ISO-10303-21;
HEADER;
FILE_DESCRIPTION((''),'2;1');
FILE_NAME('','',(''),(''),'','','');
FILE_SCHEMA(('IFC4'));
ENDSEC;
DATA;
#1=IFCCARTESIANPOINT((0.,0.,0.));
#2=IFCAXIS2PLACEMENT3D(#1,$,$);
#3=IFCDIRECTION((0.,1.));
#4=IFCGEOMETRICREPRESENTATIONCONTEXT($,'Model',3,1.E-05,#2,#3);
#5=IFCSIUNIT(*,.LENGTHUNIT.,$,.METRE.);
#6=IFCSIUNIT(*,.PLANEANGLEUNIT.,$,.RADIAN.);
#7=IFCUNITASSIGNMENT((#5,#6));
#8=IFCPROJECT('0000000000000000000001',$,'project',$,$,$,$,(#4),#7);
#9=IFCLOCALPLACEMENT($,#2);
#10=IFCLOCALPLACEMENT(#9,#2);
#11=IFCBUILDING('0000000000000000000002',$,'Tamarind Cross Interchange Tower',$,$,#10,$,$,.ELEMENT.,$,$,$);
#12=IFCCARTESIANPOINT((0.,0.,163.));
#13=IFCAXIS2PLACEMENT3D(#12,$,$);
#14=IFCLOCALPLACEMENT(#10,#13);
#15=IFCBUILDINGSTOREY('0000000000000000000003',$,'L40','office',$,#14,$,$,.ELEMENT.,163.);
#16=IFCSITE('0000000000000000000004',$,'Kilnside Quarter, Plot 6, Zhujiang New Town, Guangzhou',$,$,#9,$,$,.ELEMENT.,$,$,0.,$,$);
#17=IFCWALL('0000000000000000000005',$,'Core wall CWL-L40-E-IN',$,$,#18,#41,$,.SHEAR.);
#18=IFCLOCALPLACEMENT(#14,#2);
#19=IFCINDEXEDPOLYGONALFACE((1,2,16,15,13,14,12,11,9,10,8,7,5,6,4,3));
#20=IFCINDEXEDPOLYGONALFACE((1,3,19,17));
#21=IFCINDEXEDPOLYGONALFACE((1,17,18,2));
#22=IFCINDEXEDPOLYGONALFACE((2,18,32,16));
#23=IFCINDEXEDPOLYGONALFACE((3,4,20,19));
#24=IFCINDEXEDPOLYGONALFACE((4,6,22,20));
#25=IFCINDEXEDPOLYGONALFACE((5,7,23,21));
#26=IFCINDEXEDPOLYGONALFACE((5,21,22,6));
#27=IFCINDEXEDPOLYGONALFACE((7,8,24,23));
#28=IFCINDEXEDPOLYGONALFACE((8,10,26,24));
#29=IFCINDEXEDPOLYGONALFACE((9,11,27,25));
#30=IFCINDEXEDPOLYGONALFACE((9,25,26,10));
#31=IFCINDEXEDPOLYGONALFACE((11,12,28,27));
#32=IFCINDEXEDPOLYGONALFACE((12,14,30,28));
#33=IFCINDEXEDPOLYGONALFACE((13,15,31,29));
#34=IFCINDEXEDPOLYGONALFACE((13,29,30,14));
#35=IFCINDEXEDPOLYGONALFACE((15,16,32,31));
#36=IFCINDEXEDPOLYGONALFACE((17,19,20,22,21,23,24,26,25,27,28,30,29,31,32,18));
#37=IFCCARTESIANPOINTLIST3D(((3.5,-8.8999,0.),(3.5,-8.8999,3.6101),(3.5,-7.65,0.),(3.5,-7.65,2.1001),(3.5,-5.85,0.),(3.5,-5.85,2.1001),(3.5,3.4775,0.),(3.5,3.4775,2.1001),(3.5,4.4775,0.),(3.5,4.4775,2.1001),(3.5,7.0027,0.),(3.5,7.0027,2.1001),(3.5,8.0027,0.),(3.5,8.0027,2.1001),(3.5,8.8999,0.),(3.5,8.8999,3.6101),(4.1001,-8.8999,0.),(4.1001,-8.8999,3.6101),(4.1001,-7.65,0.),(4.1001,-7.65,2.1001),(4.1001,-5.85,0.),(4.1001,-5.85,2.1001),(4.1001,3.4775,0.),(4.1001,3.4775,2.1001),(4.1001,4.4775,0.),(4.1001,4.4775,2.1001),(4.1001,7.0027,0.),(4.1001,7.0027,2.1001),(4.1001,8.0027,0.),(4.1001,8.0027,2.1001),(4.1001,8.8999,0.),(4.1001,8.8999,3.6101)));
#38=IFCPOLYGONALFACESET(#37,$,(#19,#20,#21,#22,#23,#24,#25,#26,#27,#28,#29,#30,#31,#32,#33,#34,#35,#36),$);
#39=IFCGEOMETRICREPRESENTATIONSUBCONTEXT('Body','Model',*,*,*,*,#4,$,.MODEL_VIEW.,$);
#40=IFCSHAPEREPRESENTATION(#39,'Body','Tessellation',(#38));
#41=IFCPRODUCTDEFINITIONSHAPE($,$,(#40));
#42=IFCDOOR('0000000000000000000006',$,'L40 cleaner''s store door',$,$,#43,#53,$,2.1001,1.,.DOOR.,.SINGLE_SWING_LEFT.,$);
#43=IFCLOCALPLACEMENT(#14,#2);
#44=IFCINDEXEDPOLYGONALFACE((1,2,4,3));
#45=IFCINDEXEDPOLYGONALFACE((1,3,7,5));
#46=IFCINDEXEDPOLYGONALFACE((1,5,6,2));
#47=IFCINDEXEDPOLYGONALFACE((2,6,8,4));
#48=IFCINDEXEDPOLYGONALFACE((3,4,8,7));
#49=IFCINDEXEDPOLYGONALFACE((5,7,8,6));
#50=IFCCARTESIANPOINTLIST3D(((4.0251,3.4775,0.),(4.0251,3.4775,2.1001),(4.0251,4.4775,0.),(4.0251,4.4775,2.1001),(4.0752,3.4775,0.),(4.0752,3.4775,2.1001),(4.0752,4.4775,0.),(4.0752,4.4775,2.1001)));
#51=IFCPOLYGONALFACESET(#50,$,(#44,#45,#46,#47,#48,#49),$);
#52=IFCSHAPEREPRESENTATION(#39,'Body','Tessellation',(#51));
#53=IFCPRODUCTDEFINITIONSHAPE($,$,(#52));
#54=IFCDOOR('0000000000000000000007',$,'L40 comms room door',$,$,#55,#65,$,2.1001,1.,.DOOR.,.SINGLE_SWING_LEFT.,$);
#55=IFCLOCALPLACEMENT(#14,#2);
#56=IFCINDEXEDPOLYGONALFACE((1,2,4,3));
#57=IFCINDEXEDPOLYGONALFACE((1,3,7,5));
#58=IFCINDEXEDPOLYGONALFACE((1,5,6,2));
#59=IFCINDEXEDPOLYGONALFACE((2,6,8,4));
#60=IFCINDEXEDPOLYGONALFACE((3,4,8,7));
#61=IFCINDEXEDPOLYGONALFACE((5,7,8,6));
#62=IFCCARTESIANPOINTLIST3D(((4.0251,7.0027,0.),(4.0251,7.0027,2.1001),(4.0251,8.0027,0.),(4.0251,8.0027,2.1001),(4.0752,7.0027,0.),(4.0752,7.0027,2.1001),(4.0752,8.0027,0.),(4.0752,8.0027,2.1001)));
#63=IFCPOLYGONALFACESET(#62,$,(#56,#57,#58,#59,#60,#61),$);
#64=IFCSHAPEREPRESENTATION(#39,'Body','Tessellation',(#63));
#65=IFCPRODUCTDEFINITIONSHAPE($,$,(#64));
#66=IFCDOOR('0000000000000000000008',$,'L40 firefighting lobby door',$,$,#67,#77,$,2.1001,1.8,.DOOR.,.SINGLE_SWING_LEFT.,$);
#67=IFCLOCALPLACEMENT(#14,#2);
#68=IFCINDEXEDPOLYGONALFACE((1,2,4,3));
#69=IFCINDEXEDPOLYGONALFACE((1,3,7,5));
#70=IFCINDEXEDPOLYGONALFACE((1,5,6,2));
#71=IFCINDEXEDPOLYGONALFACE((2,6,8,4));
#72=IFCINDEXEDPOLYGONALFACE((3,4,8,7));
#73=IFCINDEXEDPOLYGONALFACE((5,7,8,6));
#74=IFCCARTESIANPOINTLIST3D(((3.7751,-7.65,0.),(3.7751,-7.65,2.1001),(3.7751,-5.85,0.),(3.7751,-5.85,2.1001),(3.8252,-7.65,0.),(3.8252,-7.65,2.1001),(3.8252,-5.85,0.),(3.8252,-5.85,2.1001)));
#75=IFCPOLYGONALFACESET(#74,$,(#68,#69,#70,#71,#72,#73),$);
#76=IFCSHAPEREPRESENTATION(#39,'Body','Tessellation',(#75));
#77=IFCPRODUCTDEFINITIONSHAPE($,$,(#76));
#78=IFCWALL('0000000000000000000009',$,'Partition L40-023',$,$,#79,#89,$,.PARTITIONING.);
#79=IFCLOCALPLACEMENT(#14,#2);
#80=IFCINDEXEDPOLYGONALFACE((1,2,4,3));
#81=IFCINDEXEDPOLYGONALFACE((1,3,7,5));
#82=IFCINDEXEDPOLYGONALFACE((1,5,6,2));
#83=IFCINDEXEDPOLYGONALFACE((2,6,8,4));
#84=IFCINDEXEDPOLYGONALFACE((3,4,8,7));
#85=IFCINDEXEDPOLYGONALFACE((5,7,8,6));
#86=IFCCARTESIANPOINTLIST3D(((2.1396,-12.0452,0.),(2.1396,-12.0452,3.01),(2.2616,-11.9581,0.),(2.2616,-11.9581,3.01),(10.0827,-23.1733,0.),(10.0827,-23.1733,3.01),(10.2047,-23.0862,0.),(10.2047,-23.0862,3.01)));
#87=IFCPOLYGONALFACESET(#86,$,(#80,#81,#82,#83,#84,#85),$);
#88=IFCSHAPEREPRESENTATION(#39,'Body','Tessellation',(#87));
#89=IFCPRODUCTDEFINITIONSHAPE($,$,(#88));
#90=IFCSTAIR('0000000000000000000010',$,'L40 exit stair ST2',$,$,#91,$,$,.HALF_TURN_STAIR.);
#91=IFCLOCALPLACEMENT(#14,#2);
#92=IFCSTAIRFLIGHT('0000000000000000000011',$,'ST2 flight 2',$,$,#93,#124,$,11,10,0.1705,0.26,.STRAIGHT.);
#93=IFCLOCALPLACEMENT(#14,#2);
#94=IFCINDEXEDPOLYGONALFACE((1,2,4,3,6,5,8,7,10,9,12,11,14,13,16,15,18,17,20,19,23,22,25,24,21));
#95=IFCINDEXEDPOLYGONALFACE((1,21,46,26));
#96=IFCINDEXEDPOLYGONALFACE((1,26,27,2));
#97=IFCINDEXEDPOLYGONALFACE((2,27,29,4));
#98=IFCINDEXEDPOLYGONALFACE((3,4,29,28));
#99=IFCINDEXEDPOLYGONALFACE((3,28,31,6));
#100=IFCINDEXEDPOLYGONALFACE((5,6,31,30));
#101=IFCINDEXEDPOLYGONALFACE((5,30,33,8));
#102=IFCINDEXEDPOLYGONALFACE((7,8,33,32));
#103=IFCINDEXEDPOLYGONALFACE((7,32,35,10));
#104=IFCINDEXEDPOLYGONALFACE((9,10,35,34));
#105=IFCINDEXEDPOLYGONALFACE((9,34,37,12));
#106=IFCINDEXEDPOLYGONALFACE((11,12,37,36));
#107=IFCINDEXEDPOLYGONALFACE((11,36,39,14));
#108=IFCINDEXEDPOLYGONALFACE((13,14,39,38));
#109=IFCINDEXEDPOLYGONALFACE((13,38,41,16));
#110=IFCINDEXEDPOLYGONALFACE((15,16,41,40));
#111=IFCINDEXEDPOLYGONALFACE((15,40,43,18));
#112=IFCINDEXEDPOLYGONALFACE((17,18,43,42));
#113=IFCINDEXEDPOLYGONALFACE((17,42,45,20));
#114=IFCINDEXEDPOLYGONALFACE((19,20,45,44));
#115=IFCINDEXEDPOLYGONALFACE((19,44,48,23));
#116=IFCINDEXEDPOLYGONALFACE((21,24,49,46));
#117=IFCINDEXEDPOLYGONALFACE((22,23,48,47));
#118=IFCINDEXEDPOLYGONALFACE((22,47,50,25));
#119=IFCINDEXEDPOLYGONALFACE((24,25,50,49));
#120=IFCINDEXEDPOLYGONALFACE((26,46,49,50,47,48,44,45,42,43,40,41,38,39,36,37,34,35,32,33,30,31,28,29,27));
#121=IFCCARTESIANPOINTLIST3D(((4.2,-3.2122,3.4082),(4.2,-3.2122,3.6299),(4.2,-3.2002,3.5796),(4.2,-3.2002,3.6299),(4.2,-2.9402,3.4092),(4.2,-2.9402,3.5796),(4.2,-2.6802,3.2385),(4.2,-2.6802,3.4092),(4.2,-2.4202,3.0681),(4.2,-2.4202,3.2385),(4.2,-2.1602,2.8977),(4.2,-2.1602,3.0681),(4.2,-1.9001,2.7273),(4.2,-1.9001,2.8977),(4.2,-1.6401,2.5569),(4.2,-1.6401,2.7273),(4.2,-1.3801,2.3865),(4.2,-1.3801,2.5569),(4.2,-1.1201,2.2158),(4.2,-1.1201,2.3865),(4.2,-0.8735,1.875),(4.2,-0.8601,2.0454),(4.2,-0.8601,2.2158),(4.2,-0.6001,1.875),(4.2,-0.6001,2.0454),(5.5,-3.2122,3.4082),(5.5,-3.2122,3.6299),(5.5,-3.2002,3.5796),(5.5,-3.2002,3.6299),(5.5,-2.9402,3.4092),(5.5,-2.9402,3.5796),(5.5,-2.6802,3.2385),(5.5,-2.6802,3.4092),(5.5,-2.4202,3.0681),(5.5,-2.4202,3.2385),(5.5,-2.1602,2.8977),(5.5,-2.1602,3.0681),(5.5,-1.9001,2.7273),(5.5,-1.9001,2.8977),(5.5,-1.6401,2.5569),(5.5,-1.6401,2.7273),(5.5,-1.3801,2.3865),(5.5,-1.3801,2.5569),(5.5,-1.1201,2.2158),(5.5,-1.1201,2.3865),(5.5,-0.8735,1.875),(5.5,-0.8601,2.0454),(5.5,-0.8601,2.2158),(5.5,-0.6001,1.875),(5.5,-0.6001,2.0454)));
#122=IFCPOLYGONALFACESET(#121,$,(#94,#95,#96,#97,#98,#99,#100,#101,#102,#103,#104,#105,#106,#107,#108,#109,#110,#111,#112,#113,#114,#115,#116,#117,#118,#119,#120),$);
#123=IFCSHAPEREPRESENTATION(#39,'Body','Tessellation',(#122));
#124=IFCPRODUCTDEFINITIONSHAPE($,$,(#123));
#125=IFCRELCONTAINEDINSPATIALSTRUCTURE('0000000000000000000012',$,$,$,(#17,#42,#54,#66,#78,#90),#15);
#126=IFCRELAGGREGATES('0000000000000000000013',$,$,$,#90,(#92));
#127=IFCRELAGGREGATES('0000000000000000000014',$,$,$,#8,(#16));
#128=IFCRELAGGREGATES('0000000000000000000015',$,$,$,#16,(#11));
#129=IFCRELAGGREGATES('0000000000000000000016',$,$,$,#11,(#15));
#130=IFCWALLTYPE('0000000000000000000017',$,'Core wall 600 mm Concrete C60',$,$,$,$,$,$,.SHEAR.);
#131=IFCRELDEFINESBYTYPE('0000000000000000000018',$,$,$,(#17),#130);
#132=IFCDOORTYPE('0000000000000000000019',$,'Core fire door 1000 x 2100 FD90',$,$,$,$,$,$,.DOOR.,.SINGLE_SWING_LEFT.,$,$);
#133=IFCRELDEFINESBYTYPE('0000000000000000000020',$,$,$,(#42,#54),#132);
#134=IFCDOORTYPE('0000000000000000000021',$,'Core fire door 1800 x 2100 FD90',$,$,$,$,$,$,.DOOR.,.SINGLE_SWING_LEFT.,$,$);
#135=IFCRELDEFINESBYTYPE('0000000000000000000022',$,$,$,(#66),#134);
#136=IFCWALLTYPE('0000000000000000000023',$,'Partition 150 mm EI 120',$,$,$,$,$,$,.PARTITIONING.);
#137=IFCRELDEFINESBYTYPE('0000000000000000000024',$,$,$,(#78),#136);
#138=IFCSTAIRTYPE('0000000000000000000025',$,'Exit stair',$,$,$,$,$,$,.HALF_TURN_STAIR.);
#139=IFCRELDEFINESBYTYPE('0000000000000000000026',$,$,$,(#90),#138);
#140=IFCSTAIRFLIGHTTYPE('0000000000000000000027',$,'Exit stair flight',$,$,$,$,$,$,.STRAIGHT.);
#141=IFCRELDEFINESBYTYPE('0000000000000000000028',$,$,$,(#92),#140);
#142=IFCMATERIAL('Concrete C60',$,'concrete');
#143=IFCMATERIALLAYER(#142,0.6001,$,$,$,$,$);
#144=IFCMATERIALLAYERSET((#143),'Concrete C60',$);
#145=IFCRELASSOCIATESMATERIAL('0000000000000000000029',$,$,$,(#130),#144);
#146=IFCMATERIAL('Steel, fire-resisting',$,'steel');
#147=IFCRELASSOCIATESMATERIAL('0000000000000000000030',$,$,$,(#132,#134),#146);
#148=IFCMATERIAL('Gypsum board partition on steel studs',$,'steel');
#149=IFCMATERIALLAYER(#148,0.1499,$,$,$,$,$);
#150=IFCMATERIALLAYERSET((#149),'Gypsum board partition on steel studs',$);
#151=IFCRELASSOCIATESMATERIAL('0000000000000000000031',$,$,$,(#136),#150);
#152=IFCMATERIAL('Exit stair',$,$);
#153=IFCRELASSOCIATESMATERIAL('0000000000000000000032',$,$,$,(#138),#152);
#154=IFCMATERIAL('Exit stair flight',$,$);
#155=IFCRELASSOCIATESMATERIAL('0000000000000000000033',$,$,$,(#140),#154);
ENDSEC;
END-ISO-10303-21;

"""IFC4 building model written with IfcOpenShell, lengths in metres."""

from ifc_helpers import new_model, si_unit, direction, frame, frame_2d, origin, place, context, subcontext, project, spatial, polyline, rectangle, outline, extrude, material, layer, layer_set, type_object, element, fill, aggregate, save


model = new_model("IFC4")

# Units and contexts
model_context = context("Model", 3, precision=1e-05, world=origin(), true_north=direction((0.0, 1.0)))
body_context = subcontext(model_context, "Body", "Model", "MODEL_VIEW")
ifc_project = project(units=[si_unit("LENGTHUNIT", "METRE"), si_unit("PLANEANGLEUNIT", "RADIAN")], contexts=[model_context])

# Site, building, storey
site_placement = place(None, origin())
site = spatial("IfcSite", under=ifc_project, at=site_placement, Name="Kilnside Quarter, Plot 6, Zhujiang New Town, Guangzhou", CompositionType="ELEMENT", RefElevation=0.0)
building_placement = place(site_placement, origin())
building = spatial("IfcBuilding", under=site, at=building_placement, Name="Tamarind Cross Interchange Tower", CompositionType="ELEMENT")
storey_placement = place(building_placement, frame((0.0, 0.0, 163.0)))
storey = spatial("IfcBuildingStorey", under=building, at=storey_placement, Name="L40", Description="office", CompositionType="ELEMENT", Elevation=163.0)

# Wall, openings, doors
ifc_material_1 = material(Name="Concrete C60", Category="concrete")
ifc_layer_1 = layer(ifc_material_1, 0.6001)
ifc_layer_set_1 = layer_set([ifc_layer_1], Name="Concrete C60")
wall_type_1 = type_object("IfcWallType", Name="Core wall 600 mm Concrete C60", PredefinedType="SHEAR", material=ifc_layer_set_1)
wall_1_placement = place(storey_placement, frame((3.8, -8.8999, 0.0), z_axis=(0.0, 0.0, 1.0), x_axis=(0.0, 1.0, 0.0)))
wall_1 = element("IfcWall", 1, at=wall_1_placement, inside=storey, type_object=wall_type_1, Name="Core wall CWL-L40-E-IN", PredefinedType="SHEAR", context=body_context, shape_type="SweptSolid", body=[
    extrude(rectangle(XDim=17.7998, YDim=0.6001, at=frame_2d((8.8999, 0.0))), origin(), (0.0, 0.0, 1.0), 3.6101),
])
opening_1_placement = place(wall_1_placement, frame((1.25, 0.0, 0.0)))
opening_1 = element("IfcOpeningElement", 2, at=opening_1_placement, cuts=wall_1, PredefinedType="OPENING", context=body_context, shape_type="SweptSolid", body=[
    extrude(rectangle(XDim=1.8, YDim=2.1001, at=frame_2d((0.8999, 1.05))), frame((0.0, 0.3101, 0.0), z_axis=(0.0, -1.0, 0.0), x_axis=(1.0, 0.0, 0.0)), (0.0, 0.0, 1.0), 0.6201),
])
opening_2_placement = place(wall_1_placement, frame((12.3774, 0.0, 0.0)))
opening_2 = element("IfcOpeningElement", 3, at=opening_2_placement, cuts=wall_1, PredefinedType="OPENING", context=body_context, shape_type="SweptSolid", body=[
    extrude(rectangle(XDim=1.0, YDim=2.1001, at=frame_2d((0.5, 1.05))), frame((0.0, 0.3101, 0.0), z_axis=(0.0, -1.0, 0.0), x_axis=(1.0, 0.0, 0.0)), (0.0, 0.0, 1.0), 0.6201),
])
opening_3_placement = place(wall_1_placement, frame((15.9026, 0.0, 0.0)))
opening_3 = element("IfcOpeningElement", 4, at=opening_3_placement, cuts=wall_1, PredefinedType="OPENING", context=body_context, shape_type="SweptSolid", body=[
    extrude(rectangle(XDim=1.0, YDim=2.1001, at=frame_2d((0.5, 1.05))), frame((0.0, 0.3101, 0.0), z_axis=(0.0, -1.0, 0.0), x_axis=(1.0, 0.0, 0.0)), (0.0, 0.0, 1.0), 0.6201),
])
ifc_material_2 = material(Name="Steel, fire-resisting", Category="steel")
door_type_1 = type_object("IfcDoorType", Name="Core fire door 1000 x 2100 FD90", OperationType="SINGLE_SWING_LEFT", PredefinedType="DOOR", material=ifc_material_2)
door_1_placement = place(opening_2_placement, origin())
door_1 = element("IfcDoor", 5, at=door_1_placement, inside=storey, type_object=door_type_1, Name="L40 cleaner's store door", OperationType="SINGLE_SWING_LEFT", OverallHeight=2.1001, OverallWidth=1.0, PredefinedType="DOOR", context=body_context, shape_type="SweptSolid", body=[
    extrude(rectangle(XDim=1.0, YDim=2.1001, at=frame_2d((0.5, 1.05))), frame((0.0, -0.2251, 0.0), z_axis=(0.0, -1.0, 0.0), x_axis=(1.0, 0.0, 0.0)), (0.0, 0.0, 1.0), 0.05),
])
fill(opening_2, door_1)
door_2_placement = place(opening_3_placement, origin())
door_2 = element("IfcDoor", 6, at=door_2_placement, inside=storey, type_object=door_type_1, Name="L40 comms room door", OperationType="SINGLE_SWING_LEFT", OverallHeight=2.1001, OverallWidth=1.0, PredefinedType="DOOR", context=body_context, shape_type="SweptSolid", body=[
    extrude(rectangle(XDim=1.0, YDim=2.1001, at=frame_2d((0.5, 1.05))), frame((0.0, -0.2251, 0.0), z_axis=(0.0, -1.0, 0.0), x_axis=(1.0, 0.0, 0.0)), (0.0, 0.0, 1.0), 0.05),
])
fill(opening_3, door_2)
door_type_2 = type_object("IfcDoorType", Name="Core fire door 1800 x 2100 FD90", OperationType="SINGLE_SWING_LEFT", PredefinedType="DOOR", material=ifc_material_2)
door_3_placement = place(opening_1_placement, origin())
door_3 = element("IfcDoor", 7, at=door_3_placement, inside=storey, type_object=door_type_2, Name="L40 firefighting lobby door", OperationType="SINGLE_SWING_LEFT", OverallHeight=2.1001, OverallWidth=1.8, PredefinedType="DOOR", context=body_context, shape_type="SweptSolid", body=[
    extrude(rectangle(XDim=1.8, YDim=2.1001, at=frame_2d((0.8999, 1.05))), frame((0.0, 0.0249, 0.0), z_axis=(0.0, -1.0, 0.0), x_axis=(1.0, 0.0, 0.0)), (0.0, 0.0, 1.0), 0.05),
])
fill(opening_1, door_3)

# Wall
ifc_material_3 = material(Name="Gypsum board partition on steel studs", Category="steel")
ifc_layer_2 = layer(ifc_material_3, 0.1499)
ifc_layer_set_2 = layer_set([ifc_layer_2], Name="Gypsum board partition on steel studs")
wall_type_2 = type_object("IfcWallType", Name="Partition 150 mm EI 120", PredefinedType="PARTITIONING", material=ifc_layer_set_2)
wall_2_placement = place(storey_placement, frame((2.2007, -12.0017, 0.0), z_axis=(0.0, 0.0, 1.0), x_axis=(0.580968, -0.813926, 0.0)))
element("IfcWall", 8, at=wall_2_placement, inside=storey, type_object=wall_type_2, Name="Partition L40-023", PredefinedType="PARTITIONING", context=body_context, shape_type="SweptSolid", body=[
    extrude(rectangle(XDim=13.6721, YDim=0.1499, at=frame_2d((6.8359, 0.0))), origin(), (0.0, 0.0, 1.0), 3.01),
])

# Stair, stair flight
ifc_material_4 = material(Name="Exit stair")
stair_type = type_object("IfcStairType", Name="Exit stair", PredefinedType="HALF_TURN_STAIR", material=ifc_material_4)
stair_placement = place(storey_placement, origin())
stair = element("IfcStair", 9, at=stair_placement, inside=storey, type_object=stair_type, Name="L40 exit stair ST2", PredefinedType="HALF_TURN_STAIR")
ifc_material_5 = material(Name="Exit stair flight")
stair_flight_type = type_object("IfcStairFlightType", Name="Exit stair flight", PredefinedType="STRAIGHT", material=ifc_material_5)
stair_flight_placement = place(storey_placement, frame((4.8501, -0.6001, 1.875), z_axis=(0.0, 0.0, 1.0), x_axis=(0.0, -1.0, 0.0)))
stair_flight = element("IfcStairFlight", 10, at=stair_flight_placement, type_object=stair_flight_type, Name="ST2 flight 2", NumberOfRisers=11, NumberOfTreads=10, PredefinedType="STRAIGHT", RiserHeight=0.1705, TreadLength=0.26, context=body_context, shape_type="SweptSolid", body=[
    extrude(outline(polyline([(0.0, 0.0), (0.0, 0.1704), (0.26, 0.1704), (0.26, 0.3408), (0.52, 0.3408), (0.52, 0.5115), (0.78, 0.5115), (0.78, 0.6819), (1.04, 0.6819), (1.04, 0.8523), (1.3, 0.8523), (1.3, 1.0227), (1.5601, 1.0227), (1.5601, 1.1931), (1.8201, 1.1931), (1.8201, 1.3635), (2.0801, 1.3635), (2.0801, 1.5342), (2.3401, 1.5342), (2.3401, 1.7046), (2.6001, 1.7046), (2.6001, 1.7549), (2.6121, 1.7549), (2.6121, 1.5332), (0.2734, 0.0), (0.0, 0.0)])), frame((0.0, 0.6499, 0.0), z_axis=(0.0, -1.0, 0.0), x_axis=(1.0, 0.0, 0.0)), (0.0, 0.0, 1.0), 1.3),
])
aggregate(stair, [stair_flight])

save(model, "model.ifc")
